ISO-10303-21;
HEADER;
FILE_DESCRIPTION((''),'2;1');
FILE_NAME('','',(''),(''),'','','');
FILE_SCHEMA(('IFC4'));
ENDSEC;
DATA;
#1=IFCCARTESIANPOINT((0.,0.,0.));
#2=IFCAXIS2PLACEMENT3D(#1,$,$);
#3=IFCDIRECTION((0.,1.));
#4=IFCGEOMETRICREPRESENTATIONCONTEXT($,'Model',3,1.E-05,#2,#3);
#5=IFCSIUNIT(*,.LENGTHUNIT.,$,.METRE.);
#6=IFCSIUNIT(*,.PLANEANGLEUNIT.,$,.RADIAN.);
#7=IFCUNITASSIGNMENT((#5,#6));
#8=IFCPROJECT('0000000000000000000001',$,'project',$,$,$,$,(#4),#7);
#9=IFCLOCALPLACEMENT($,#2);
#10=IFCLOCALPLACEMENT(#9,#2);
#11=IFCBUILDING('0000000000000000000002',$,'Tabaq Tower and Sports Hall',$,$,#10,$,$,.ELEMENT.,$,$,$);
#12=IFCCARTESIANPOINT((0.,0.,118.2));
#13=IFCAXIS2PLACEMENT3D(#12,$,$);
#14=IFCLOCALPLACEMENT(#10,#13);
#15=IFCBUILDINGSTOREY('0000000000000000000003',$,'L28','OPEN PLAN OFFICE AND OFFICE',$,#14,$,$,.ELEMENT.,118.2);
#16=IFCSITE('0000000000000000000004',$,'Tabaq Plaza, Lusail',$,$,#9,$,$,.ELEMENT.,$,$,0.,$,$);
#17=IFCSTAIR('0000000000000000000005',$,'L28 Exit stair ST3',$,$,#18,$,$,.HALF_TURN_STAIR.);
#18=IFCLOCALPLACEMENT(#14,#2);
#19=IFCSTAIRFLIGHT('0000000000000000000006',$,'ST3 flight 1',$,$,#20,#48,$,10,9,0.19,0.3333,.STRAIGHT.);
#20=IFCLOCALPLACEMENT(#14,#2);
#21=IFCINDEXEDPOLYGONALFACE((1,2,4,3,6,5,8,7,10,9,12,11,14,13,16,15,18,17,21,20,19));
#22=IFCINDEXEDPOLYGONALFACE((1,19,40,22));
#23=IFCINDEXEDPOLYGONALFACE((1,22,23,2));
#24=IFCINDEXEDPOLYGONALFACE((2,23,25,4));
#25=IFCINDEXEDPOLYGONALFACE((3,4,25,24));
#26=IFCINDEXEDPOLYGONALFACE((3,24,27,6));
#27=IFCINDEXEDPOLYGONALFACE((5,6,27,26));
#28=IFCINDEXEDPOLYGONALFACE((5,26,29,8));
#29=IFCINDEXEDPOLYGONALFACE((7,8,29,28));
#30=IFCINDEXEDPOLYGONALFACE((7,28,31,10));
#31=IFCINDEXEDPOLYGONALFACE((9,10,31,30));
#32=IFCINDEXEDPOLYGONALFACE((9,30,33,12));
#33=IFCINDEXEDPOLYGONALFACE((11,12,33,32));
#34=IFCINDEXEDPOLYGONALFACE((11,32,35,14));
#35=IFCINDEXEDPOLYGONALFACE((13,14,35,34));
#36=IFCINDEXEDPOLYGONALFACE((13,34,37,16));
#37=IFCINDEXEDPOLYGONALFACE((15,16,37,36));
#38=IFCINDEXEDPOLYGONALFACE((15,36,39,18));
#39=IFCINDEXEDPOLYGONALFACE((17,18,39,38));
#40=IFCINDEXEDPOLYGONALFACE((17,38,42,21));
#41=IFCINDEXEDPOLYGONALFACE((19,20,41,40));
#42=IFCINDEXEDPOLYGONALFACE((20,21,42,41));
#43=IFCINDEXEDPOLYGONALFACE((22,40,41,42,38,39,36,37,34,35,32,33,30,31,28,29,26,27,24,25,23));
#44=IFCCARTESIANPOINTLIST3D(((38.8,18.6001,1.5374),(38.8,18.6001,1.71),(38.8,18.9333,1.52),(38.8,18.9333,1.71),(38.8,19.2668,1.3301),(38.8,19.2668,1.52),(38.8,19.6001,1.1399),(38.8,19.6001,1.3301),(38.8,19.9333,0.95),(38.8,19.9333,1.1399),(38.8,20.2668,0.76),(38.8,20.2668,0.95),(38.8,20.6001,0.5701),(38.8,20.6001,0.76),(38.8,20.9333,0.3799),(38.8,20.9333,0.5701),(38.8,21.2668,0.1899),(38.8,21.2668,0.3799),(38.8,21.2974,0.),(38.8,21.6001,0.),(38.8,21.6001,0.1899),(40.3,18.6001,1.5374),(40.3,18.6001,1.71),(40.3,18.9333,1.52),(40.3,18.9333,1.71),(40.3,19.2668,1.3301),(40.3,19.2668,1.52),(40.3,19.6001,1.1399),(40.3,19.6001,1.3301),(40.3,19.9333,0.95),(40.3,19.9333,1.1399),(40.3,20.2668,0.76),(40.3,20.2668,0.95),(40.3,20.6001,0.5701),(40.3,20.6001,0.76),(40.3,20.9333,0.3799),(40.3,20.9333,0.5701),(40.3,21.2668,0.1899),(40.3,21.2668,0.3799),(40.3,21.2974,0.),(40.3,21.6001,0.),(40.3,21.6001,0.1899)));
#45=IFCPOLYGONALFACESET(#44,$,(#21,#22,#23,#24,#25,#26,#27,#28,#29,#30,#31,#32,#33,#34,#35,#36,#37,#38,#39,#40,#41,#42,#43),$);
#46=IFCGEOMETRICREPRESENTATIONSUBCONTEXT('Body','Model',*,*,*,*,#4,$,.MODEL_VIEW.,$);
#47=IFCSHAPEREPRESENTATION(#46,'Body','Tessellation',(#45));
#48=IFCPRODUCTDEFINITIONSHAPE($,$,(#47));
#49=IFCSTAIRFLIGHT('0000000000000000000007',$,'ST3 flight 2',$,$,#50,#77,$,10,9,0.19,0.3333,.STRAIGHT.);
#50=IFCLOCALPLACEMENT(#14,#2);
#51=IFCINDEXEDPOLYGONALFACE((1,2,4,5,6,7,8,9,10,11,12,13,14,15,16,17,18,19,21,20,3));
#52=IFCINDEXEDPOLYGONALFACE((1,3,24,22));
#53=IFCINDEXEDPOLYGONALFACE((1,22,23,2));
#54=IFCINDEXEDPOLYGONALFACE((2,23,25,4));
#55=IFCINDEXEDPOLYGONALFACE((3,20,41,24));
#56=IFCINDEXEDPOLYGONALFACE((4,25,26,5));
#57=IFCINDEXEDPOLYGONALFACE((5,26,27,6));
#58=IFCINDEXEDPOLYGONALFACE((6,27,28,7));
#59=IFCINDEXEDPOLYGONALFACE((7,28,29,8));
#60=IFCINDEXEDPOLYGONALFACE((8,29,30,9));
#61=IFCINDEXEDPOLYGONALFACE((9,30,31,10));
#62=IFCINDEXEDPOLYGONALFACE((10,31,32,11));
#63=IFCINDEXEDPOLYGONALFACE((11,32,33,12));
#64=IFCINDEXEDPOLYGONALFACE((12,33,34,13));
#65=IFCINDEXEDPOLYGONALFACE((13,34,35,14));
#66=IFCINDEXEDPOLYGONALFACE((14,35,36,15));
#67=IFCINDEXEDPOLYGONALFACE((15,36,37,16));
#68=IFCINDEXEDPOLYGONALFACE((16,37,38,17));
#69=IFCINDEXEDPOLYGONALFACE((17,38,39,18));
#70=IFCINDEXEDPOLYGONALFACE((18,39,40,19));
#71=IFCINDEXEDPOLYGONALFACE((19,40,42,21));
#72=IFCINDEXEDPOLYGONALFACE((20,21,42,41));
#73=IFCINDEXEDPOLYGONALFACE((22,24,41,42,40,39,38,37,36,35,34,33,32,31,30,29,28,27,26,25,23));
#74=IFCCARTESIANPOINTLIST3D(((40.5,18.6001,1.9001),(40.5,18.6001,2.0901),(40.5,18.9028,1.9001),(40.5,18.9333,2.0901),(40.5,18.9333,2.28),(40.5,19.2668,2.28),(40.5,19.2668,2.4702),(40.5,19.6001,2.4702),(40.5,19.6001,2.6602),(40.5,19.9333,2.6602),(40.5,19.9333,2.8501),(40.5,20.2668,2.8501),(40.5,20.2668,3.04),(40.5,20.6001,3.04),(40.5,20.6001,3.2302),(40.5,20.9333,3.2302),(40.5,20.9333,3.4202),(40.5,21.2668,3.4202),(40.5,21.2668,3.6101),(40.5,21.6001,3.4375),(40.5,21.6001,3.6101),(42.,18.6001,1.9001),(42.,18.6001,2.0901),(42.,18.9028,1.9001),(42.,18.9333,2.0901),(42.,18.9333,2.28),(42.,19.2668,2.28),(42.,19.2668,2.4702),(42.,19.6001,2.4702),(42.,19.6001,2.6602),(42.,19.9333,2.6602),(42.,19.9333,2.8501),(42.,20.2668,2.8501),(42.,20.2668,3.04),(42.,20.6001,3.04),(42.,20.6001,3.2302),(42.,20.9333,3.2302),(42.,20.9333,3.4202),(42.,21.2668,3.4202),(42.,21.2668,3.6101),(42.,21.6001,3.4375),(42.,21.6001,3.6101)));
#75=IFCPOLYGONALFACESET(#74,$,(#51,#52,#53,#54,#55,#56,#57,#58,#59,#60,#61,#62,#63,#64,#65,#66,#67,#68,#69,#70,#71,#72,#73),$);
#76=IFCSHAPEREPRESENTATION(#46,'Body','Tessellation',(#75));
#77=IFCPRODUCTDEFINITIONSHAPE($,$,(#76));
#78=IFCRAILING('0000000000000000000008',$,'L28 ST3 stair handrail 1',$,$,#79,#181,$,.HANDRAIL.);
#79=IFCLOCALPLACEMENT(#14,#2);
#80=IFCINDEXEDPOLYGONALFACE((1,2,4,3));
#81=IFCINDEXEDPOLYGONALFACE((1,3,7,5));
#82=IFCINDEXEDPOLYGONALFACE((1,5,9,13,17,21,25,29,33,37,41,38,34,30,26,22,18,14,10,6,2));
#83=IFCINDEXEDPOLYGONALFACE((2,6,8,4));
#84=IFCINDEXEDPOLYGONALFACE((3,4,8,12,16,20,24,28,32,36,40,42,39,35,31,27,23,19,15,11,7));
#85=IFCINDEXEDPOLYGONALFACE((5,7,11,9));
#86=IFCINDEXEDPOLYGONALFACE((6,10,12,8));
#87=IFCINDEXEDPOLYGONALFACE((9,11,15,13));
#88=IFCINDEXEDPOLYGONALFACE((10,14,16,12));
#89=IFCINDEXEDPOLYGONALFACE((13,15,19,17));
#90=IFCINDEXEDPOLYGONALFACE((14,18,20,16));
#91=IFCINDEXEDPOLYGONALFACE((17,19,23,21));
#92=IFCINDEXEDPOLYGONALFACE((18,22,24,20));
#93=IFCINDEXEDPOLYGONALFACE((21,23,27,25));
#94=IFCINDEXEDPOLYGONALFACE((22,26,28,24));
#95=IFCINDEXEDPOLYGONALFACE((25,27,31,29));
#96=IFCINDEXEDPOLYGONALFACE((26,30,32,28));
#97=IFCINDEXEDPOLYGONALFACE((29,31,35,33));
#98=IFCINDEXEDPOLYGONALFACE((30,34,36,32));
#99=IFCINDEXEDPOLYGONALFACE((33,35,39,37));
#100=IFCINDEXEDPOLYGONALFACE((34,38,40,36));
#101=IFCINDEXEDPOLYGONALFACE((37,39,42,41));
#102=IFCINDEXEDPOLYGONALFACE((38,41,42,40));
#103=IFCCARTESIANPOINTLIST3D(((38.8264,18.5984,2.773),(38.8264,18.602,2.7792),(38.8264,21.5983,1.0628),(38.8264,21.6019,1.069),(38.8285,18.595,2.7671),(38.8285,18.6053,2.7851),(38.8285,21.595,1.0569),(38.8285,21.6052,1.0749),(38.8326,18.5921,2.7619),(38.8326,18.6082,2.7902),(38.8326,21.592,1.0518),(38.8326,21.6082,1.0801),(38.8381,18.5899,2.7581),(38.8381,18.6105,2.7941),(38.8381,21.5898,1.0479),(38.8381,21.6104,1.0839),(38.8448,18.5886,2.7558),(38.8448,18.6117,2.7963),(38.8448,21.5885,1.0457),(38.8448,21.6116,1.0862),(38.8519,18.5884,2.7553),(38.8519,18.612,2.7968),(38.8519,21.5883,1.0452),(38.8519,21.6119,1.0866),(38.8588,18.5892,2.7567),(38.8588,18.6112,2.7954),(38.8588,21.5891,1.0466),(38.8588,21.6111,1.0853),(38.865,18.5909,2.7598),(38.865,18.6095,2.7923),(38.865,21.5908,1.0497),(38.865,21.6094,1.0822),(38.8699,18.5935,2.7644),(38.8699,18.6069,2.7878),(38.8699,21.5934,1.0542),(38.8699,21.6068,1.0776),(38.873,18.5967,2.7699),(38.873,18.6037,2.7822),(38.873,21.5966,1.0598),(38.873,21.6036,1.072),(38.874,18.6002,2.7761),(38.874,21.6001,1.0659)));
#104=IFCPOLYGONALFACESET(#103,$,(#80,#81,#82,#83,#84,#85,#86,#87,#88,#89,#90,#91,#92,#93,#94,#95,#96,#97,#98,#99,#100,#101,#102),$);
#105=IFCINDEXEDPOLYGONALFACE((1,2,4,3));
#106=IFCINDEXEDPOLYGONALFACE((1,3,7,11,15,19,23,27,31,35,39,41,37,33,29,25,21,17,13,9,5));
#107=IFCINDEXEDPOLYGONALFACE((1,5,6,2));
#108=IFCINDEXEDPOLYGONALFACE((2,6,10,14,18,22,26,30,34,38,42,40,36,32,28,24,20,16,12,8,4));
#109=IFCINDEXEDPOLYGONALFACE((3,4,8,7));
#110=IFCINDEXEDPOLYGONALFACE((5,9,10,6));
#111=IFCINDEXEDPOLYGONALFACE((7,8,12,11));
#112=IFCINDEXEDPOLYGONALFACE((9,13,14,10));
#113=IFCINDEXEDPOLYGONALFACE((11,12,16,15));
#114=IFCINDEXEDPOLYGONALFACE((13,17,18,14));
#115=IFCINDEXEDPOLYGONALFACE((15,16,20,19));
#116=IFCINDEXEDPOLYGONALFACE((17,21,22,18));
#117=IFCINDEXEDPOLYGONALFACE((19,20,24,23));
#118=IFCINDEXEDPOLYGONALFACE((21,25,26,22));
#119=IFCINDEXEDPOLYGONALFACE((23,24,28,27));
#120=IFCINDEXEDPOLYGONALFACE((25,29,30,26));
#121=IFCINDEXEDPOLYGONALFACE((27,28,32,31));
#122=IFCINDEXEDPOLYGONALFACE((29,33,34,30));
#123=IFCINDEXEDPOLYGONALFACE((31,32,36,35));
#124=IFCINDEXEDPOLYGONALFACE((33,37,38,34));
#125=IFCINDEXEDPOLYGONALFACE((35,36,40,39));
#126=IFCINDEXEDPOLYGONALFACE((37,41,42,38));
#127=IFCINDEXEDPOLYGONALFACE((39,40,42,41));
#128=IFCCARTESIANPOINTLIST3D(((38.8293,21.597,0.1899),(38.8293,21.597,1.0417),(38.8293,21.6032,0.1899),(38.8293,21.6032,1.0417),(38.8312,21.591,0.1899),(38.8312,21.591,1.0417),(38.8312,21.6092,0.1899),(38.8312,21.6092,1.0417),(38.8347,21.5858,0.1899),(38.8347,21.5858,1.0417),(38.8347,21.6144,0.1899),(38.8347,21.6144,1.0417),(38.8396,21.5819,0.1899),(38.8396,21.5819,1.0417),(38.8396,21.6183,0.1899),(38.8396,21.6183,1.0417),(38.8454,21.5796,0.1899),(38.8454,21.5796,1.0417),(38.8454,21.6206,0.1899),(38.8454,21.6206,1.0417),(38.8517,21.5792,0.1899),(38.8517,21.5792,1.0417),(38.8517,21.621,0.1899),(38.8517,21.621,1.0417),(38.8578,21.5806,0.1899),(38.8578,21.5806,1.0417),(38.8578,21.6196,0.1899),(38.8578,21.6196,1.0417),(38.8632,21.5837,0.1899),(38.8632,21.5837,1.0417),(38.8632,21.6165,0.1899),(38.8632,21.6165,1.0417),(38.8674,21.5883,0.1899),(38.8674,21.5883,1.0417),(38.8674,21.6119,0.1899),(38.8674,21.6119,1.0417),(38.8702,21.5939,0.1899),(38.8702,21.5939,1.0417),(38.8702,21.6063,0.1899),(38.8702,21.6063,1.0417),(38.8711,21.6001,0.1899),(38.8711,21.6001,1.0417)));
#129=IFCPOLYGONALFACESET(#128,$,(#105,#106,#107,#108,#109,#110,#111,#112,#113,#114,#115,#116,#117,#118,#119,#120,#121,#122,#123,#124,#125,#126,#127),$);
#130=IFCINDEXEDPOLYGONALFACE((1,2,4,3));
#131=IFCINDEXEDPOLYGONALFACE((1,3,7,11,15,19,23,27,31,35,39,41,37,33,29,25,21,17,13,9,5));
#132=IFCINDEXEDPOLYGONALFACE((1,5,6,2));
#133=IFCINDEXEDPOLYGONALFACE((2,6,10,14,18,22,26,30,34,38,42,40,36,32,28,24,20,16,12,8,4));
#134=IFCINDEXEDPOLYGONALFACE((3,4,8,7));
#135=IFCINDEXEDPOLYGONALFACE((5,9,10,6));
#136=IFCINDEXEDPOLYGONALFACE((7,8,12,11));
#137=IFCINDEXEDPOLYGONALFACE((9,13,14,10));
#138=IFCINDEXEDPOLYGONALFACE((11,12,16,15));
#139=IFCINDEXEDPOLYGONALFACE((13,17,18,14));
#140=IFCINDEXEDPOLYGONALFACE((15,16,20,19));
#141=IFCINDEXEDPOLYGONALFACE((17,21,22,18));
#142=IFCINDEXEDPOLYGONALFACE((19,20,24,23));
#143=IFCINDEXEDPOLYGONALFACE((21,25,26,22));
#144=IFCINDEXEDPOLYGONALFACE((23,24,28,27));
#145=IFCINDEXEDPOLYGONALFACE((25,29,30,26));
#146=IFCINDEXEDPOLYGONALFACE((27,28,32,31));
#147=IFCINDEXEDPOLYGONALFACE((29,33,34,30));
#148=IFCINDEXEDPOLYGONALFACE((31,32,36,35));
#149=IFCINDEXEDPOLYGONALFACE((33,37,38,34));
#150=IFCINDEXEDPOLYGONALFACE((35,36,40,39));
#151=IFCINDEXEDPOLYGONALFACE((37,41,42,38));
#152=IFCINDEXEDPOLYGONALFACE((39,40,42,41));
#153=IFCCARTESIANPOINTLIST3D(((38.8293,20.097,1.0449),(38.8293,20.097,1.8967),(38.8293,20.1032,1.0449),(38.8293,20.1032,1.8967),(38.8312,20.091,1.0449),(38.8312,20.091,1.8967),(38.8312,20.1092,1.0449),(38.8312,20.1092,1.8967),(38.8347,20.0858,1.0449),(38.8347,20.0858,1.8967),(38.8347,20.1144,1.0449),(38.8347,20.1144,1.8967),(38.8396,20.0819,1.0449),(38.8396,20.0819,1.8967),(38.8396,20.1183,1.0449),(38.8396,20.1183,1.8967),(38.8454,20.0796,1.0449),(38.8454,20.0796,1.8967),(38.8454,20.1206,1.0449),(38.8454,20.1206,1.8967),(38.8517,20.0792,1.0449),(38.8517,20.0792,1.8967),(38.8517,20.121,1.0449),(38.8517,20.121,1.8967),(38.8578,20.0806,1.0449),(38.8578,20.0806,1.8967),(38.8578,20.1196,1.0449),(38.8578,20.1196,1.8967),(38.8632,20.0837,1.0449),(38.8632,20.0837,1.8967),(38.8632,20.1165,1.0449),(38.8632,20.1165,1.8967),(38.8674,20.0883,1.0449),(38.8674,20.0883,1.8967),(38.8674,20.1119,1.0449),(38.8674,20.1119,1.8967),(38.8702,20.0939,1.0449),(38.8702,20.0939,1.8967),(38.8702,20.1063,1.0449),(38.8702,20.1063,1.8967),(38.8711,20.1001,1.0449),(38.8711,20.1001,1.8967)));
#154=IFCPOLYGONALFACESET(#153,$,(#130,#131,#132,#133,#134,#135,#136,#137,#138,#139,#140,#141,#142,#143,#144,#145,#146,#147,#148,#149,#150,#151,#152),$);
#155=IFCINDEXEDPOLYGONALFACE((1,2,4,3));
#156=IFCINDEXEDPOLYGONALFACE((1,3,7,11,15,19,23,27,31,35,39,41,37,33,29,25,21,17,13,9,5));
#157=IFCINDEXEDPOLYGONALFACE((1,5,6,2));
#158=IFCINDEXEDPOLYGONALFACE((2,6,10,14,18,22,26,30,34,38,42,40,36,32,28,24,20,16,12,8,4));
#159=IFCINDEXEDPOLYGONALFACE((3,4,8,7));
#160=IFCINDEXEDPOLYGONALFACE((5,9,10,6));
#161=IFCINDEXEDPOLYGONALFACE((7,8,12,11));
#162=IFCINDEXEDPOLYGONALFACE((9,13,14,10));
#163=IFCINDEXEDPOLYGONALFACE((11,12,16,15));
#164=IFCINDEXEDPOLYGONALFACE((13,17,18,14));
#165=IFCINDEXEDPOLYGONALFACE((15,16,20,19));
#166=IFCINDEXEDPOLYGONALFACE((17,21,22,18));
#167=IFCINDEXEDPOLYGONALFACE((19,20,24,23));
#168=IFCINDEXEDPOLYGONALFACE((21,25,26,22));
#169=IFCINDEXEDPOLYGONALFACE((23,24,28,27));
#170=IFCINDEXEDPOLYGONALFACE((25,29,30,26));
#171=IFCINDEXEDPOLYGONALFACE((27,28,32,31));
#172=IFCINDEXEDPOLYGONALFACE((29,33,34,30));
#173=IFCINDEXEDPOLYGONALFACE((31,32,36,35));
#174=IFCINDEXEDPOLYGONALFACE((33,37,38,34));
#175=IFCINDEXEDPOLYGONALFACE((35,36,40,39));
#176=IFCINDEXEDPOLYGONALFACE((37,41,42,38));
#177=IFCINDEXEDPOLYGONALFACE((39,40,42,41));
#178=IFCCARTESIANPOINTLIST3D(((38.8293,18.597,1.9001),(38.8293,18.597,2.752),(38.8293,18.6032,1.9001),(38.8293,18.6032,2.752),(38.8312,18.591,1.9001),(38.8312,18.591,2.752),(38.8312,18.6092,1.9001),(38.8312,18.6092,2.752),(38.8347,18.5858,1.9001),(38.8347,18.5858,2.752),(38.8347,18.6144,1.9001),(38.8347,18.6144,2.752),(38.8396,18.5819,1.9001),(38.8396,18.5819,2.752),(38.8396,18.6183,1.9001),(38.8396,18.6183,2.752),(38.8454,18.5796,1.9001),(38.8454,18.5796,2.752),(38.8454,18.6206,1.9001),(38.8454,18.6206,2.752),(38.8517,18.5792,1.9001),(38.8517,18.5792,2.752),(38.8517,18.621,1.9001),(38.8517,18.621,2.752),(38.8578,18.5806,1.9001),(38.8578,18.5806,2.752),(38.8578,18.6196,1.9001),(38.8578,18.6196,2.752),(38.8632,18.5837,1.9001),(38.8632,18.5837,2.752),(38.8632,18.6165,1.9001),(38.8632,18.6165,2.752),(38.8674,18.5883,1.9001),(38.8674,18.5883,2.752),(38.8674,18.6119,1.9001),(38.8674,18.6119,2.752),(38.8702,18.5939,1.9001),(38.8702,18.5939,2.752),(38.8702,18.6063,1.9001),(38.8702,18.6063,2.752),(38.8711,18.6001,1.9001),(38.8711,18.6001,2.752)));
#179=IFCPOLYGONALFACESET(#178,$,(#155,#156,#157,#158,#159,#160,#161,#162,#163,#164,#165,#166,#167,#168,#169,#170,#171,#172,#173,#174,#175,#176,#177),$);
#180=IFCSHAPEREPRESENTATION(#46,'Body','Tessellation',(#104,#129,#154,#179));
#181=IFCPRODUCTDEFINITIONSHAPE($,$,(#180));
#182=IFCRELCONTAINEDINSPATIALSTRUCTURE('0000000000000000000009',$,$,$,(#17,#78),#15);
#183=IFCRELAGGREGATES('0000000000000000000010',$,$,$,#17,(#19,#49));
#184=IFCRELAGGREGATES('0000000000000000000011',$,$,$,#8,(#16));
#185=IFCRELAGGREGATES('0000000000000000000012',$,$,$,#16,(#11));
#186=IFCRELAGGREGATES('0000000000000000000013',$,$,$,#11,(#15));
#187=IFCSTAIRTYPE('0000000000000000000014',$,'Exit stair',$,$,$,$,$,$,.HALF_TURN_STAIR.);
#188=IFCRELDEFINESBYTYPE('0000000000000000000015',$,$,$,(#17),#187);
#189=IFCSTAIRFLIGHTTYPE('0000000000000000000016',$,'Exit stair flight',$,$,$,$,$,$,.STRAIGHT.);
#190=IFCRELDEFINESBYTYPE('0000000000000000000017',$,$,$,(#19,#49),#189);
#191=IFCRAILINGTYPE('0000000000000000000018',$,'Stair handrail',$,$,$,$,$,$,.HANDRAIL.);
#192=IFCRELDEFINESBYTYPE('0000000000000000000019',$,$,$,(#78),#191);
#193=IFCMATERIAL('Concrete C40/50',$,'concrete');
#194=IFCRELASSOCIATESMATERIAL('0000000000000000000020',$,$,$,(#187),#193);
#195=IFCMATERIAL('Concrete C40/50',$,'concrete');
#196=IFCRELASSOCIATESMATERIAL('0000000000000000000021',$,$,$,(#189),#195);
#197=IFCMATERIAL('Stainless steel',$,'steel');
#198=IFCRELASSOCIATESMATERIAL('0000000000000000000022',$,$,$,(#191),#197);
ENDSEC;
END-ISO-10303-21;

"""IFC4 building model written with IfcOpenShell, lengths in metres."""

from ifc_helpers import new_model, si_unit, direction, frame, origin, origin_2d, place, context, subcontext, project, spatial, polyline, circle, outline, extrude, material, type_object, element, aggregate, save


model = new_model("IFC4")

# Units and contexts
model_context = context("Model", 3, precision=1e-05, world=origin(), true_north=direction((0.0, 1.0)))
body_context = subcontext(model_context, "Body", "Model", "MODEL_VIEW")
ifc_project = project(units=[si_unit("LENGTHUNIT", "METRE"), si_unit("PLANEANGLEUNIT", "RADIAN")], contexts=[model_context])

# Site, building, storey
site_placement = place(None, origin())
site = spatial("IfcSite", under=ifc_project, at=site_placement, Name="Tabaq Plaza, Lusail", CompositionType="ELEMENT", RefElevation=0.0)
building_placement = place(site_placement, origin())
building = spatial("IfcBuilding", under=site, at=building_placement, Name="Tabaq Tower and Sports Hall", CompositionType="ELEMENT")
storey_placement = place(building_placement, frame((0.0, 0.0, 118.2)))
storey = spatial("IfcBuildingStorey", under=building, at=storey_placement, Name="L28", Description="OPEN PLAN OFFICE AND OFFICE", CompositionType="ELEMENT", Elevation=118.2)

# Stair, stair flights
ifc_material_1 = material(Name="Concrete C40/50", Category="concrete")
stair_type = type_object("IfcStairType", Name="Exit stair", PredefinedType="HALF_TURN_STAIR", material=ifc_material_1)
stair_placement = place(storey_placement, origin())
stair = element("IfcStair", 1, at=stair_placement, inside=storey, type_object=stair_type, Name="L28 Exit stair ST3", PredefinedType="HALF_TURN_STAIR")
ifc_material_2 = material(Name="Concrete C40/50", Category="concrete")
stair_flight_type = type_object("IfcStairFlightType", Name="Exit stair flight", PredefinedType="STRAIGHT", material=ifc_material_2)
stair_flight_1_placement = place(storey_placement, frame((39.55, 21.6001, 0.0), z_axis=(0.0, 0.0, 1.0), x_axis=(0.0, -1.0, 0.0)))
stair_flight_1 = element("IfcStairFlight", 2, at=stair_flight_1_placement, type_object=stair_flight_type, Name="ST3 flight 1", NumberOfRisers=10, NumberOfTreads=9, PredefinedType="STRAIGHT", RiserHeight=0.19, TreadLength=0.3333, context=body_context, shape_type="SweptSolid", body=[
    extrude(outline(polyline([(0.0, 0.0), (0.0, 0.1899), (0.3333, 0.1899), (0.3333, 0.3799), (0.6667, 0.3799), (0.6667, 0.5701), (1.0, 0.5701), (1.0, 0.76), (1.3333, 0.76), (1.3333, 0.95), (1.6667, 0.95), (1.6667, 1.1399), (2.0, 1.1399), (2.0, 1.3301), (2.3333, 1.3301), (2.3333, 1.52), (2.6667, 1.52), (2.6667, 1.71), (3.0, 1.71), (3.0, 1.8999), (3.0, 1.5374), (0.3027, 0.0), (0.0, 0.0)])), frame((0.0, 0.75, 0.0), z_axis=(0.0, -1.0, 0.0), x_axis=(1.0, 0.0, 0.0)), (0.0, 0.0, 1.0), 1.5),
])
stair_flight_2_placement = place(storey_placement, frame((41.25, 18.6001, 1.9001), z_axis=(0.0, 0.0, 1.0), x_axis=(0.0, 1.0, 0.0)))
stair_flight_2 = element("IfcStairFlight", 3, at=stair_flight_2_placement, type_object=stair_flight_type, Name="ST3 flight 2", NumberOfRisers=10, NumberOfTreads=9, PredefinedType="STRAIGHT", RiserHeight=0.19, TreadLength=0.3333, context=body_context, shape_type="SweptSolid", body=[
    extrude(outline(polyline([(0.0, 0.0), (0.0, 0.1899), (0.3333, 0.1899), (0.3333, 0.3799), (0.6667, 0.3799), (0.6667, 0.5701), (1.0, 0.5701), (1.0, 0.76), (1.3333, 0.76), (1.3333, 0.95), (1.6667, 0.95), (1.6667, 1.1399), (2.0, 1.1399), (2.0, 1.3301), (2.3333, 1.3301), (2.3333, 1.52), (2.6667, 1.52), (2.6667, 1.71), (3.0, 1.71), (3.0, 1.8999), (3.0, 1.5374), (0.3027, 0.0), (0.0, 0.0)])), frame((0.0, 0.75, 0.0), z_axis=(0.0, -1.0, 0.0), x_axis=(1.0, 0.0, 0.0)), (0.0, 0.0, 1.0), 1.5),
])
aggregate(stair, [stair_flight_1, stair_flight_2])

# Railing
ifc_material_3 = material(Name="Stainless steel", Category="steel")
railing_type_1 = type_object("IfcRailingType", Name="Stair handrail", PredefinedType="HANDRAIL", material=ifc_material_3)
railing_1_placement = place(storey_placement, frame((38.8501, 21.6001, 0.1899)))
element("IfcRailing", 4, at=railing_1_placement, inside=storey, type_object=railing_type_1, Name="L28 ST3 stair handrail 1", PredefinedType="HANDRAIL", context=body_context, shape_type="SweptSolid", body=[
    extrude(circle(Radius=0.0239, at=origin_2d()), frame((0.0, 0.0, 0.876), z_axis=(0.0, -0.868752, 0.495248), x_axis=(1.0, 0.0, 0.0)), (0.0, 0.0, 1.0), 3.4531),
    extrude(circle(Radius=0.021, at=origin_2d()), origin(), (0.0, 0.0, 1.0), 0.8518),
    extrude(circle(Radius=0.021, at=origin_2d()), frame((0.0, -1.5, 0.855)), (0.0, 0.0, 1.0), 0.8518),
    extrude(circle(Radius=0.021, at=origin_2d()), frame((0.0, -3.0, 1.7102)), (0.0, 0.0, 1.0), 0.8518),
])

save(model, "model.ifc")
